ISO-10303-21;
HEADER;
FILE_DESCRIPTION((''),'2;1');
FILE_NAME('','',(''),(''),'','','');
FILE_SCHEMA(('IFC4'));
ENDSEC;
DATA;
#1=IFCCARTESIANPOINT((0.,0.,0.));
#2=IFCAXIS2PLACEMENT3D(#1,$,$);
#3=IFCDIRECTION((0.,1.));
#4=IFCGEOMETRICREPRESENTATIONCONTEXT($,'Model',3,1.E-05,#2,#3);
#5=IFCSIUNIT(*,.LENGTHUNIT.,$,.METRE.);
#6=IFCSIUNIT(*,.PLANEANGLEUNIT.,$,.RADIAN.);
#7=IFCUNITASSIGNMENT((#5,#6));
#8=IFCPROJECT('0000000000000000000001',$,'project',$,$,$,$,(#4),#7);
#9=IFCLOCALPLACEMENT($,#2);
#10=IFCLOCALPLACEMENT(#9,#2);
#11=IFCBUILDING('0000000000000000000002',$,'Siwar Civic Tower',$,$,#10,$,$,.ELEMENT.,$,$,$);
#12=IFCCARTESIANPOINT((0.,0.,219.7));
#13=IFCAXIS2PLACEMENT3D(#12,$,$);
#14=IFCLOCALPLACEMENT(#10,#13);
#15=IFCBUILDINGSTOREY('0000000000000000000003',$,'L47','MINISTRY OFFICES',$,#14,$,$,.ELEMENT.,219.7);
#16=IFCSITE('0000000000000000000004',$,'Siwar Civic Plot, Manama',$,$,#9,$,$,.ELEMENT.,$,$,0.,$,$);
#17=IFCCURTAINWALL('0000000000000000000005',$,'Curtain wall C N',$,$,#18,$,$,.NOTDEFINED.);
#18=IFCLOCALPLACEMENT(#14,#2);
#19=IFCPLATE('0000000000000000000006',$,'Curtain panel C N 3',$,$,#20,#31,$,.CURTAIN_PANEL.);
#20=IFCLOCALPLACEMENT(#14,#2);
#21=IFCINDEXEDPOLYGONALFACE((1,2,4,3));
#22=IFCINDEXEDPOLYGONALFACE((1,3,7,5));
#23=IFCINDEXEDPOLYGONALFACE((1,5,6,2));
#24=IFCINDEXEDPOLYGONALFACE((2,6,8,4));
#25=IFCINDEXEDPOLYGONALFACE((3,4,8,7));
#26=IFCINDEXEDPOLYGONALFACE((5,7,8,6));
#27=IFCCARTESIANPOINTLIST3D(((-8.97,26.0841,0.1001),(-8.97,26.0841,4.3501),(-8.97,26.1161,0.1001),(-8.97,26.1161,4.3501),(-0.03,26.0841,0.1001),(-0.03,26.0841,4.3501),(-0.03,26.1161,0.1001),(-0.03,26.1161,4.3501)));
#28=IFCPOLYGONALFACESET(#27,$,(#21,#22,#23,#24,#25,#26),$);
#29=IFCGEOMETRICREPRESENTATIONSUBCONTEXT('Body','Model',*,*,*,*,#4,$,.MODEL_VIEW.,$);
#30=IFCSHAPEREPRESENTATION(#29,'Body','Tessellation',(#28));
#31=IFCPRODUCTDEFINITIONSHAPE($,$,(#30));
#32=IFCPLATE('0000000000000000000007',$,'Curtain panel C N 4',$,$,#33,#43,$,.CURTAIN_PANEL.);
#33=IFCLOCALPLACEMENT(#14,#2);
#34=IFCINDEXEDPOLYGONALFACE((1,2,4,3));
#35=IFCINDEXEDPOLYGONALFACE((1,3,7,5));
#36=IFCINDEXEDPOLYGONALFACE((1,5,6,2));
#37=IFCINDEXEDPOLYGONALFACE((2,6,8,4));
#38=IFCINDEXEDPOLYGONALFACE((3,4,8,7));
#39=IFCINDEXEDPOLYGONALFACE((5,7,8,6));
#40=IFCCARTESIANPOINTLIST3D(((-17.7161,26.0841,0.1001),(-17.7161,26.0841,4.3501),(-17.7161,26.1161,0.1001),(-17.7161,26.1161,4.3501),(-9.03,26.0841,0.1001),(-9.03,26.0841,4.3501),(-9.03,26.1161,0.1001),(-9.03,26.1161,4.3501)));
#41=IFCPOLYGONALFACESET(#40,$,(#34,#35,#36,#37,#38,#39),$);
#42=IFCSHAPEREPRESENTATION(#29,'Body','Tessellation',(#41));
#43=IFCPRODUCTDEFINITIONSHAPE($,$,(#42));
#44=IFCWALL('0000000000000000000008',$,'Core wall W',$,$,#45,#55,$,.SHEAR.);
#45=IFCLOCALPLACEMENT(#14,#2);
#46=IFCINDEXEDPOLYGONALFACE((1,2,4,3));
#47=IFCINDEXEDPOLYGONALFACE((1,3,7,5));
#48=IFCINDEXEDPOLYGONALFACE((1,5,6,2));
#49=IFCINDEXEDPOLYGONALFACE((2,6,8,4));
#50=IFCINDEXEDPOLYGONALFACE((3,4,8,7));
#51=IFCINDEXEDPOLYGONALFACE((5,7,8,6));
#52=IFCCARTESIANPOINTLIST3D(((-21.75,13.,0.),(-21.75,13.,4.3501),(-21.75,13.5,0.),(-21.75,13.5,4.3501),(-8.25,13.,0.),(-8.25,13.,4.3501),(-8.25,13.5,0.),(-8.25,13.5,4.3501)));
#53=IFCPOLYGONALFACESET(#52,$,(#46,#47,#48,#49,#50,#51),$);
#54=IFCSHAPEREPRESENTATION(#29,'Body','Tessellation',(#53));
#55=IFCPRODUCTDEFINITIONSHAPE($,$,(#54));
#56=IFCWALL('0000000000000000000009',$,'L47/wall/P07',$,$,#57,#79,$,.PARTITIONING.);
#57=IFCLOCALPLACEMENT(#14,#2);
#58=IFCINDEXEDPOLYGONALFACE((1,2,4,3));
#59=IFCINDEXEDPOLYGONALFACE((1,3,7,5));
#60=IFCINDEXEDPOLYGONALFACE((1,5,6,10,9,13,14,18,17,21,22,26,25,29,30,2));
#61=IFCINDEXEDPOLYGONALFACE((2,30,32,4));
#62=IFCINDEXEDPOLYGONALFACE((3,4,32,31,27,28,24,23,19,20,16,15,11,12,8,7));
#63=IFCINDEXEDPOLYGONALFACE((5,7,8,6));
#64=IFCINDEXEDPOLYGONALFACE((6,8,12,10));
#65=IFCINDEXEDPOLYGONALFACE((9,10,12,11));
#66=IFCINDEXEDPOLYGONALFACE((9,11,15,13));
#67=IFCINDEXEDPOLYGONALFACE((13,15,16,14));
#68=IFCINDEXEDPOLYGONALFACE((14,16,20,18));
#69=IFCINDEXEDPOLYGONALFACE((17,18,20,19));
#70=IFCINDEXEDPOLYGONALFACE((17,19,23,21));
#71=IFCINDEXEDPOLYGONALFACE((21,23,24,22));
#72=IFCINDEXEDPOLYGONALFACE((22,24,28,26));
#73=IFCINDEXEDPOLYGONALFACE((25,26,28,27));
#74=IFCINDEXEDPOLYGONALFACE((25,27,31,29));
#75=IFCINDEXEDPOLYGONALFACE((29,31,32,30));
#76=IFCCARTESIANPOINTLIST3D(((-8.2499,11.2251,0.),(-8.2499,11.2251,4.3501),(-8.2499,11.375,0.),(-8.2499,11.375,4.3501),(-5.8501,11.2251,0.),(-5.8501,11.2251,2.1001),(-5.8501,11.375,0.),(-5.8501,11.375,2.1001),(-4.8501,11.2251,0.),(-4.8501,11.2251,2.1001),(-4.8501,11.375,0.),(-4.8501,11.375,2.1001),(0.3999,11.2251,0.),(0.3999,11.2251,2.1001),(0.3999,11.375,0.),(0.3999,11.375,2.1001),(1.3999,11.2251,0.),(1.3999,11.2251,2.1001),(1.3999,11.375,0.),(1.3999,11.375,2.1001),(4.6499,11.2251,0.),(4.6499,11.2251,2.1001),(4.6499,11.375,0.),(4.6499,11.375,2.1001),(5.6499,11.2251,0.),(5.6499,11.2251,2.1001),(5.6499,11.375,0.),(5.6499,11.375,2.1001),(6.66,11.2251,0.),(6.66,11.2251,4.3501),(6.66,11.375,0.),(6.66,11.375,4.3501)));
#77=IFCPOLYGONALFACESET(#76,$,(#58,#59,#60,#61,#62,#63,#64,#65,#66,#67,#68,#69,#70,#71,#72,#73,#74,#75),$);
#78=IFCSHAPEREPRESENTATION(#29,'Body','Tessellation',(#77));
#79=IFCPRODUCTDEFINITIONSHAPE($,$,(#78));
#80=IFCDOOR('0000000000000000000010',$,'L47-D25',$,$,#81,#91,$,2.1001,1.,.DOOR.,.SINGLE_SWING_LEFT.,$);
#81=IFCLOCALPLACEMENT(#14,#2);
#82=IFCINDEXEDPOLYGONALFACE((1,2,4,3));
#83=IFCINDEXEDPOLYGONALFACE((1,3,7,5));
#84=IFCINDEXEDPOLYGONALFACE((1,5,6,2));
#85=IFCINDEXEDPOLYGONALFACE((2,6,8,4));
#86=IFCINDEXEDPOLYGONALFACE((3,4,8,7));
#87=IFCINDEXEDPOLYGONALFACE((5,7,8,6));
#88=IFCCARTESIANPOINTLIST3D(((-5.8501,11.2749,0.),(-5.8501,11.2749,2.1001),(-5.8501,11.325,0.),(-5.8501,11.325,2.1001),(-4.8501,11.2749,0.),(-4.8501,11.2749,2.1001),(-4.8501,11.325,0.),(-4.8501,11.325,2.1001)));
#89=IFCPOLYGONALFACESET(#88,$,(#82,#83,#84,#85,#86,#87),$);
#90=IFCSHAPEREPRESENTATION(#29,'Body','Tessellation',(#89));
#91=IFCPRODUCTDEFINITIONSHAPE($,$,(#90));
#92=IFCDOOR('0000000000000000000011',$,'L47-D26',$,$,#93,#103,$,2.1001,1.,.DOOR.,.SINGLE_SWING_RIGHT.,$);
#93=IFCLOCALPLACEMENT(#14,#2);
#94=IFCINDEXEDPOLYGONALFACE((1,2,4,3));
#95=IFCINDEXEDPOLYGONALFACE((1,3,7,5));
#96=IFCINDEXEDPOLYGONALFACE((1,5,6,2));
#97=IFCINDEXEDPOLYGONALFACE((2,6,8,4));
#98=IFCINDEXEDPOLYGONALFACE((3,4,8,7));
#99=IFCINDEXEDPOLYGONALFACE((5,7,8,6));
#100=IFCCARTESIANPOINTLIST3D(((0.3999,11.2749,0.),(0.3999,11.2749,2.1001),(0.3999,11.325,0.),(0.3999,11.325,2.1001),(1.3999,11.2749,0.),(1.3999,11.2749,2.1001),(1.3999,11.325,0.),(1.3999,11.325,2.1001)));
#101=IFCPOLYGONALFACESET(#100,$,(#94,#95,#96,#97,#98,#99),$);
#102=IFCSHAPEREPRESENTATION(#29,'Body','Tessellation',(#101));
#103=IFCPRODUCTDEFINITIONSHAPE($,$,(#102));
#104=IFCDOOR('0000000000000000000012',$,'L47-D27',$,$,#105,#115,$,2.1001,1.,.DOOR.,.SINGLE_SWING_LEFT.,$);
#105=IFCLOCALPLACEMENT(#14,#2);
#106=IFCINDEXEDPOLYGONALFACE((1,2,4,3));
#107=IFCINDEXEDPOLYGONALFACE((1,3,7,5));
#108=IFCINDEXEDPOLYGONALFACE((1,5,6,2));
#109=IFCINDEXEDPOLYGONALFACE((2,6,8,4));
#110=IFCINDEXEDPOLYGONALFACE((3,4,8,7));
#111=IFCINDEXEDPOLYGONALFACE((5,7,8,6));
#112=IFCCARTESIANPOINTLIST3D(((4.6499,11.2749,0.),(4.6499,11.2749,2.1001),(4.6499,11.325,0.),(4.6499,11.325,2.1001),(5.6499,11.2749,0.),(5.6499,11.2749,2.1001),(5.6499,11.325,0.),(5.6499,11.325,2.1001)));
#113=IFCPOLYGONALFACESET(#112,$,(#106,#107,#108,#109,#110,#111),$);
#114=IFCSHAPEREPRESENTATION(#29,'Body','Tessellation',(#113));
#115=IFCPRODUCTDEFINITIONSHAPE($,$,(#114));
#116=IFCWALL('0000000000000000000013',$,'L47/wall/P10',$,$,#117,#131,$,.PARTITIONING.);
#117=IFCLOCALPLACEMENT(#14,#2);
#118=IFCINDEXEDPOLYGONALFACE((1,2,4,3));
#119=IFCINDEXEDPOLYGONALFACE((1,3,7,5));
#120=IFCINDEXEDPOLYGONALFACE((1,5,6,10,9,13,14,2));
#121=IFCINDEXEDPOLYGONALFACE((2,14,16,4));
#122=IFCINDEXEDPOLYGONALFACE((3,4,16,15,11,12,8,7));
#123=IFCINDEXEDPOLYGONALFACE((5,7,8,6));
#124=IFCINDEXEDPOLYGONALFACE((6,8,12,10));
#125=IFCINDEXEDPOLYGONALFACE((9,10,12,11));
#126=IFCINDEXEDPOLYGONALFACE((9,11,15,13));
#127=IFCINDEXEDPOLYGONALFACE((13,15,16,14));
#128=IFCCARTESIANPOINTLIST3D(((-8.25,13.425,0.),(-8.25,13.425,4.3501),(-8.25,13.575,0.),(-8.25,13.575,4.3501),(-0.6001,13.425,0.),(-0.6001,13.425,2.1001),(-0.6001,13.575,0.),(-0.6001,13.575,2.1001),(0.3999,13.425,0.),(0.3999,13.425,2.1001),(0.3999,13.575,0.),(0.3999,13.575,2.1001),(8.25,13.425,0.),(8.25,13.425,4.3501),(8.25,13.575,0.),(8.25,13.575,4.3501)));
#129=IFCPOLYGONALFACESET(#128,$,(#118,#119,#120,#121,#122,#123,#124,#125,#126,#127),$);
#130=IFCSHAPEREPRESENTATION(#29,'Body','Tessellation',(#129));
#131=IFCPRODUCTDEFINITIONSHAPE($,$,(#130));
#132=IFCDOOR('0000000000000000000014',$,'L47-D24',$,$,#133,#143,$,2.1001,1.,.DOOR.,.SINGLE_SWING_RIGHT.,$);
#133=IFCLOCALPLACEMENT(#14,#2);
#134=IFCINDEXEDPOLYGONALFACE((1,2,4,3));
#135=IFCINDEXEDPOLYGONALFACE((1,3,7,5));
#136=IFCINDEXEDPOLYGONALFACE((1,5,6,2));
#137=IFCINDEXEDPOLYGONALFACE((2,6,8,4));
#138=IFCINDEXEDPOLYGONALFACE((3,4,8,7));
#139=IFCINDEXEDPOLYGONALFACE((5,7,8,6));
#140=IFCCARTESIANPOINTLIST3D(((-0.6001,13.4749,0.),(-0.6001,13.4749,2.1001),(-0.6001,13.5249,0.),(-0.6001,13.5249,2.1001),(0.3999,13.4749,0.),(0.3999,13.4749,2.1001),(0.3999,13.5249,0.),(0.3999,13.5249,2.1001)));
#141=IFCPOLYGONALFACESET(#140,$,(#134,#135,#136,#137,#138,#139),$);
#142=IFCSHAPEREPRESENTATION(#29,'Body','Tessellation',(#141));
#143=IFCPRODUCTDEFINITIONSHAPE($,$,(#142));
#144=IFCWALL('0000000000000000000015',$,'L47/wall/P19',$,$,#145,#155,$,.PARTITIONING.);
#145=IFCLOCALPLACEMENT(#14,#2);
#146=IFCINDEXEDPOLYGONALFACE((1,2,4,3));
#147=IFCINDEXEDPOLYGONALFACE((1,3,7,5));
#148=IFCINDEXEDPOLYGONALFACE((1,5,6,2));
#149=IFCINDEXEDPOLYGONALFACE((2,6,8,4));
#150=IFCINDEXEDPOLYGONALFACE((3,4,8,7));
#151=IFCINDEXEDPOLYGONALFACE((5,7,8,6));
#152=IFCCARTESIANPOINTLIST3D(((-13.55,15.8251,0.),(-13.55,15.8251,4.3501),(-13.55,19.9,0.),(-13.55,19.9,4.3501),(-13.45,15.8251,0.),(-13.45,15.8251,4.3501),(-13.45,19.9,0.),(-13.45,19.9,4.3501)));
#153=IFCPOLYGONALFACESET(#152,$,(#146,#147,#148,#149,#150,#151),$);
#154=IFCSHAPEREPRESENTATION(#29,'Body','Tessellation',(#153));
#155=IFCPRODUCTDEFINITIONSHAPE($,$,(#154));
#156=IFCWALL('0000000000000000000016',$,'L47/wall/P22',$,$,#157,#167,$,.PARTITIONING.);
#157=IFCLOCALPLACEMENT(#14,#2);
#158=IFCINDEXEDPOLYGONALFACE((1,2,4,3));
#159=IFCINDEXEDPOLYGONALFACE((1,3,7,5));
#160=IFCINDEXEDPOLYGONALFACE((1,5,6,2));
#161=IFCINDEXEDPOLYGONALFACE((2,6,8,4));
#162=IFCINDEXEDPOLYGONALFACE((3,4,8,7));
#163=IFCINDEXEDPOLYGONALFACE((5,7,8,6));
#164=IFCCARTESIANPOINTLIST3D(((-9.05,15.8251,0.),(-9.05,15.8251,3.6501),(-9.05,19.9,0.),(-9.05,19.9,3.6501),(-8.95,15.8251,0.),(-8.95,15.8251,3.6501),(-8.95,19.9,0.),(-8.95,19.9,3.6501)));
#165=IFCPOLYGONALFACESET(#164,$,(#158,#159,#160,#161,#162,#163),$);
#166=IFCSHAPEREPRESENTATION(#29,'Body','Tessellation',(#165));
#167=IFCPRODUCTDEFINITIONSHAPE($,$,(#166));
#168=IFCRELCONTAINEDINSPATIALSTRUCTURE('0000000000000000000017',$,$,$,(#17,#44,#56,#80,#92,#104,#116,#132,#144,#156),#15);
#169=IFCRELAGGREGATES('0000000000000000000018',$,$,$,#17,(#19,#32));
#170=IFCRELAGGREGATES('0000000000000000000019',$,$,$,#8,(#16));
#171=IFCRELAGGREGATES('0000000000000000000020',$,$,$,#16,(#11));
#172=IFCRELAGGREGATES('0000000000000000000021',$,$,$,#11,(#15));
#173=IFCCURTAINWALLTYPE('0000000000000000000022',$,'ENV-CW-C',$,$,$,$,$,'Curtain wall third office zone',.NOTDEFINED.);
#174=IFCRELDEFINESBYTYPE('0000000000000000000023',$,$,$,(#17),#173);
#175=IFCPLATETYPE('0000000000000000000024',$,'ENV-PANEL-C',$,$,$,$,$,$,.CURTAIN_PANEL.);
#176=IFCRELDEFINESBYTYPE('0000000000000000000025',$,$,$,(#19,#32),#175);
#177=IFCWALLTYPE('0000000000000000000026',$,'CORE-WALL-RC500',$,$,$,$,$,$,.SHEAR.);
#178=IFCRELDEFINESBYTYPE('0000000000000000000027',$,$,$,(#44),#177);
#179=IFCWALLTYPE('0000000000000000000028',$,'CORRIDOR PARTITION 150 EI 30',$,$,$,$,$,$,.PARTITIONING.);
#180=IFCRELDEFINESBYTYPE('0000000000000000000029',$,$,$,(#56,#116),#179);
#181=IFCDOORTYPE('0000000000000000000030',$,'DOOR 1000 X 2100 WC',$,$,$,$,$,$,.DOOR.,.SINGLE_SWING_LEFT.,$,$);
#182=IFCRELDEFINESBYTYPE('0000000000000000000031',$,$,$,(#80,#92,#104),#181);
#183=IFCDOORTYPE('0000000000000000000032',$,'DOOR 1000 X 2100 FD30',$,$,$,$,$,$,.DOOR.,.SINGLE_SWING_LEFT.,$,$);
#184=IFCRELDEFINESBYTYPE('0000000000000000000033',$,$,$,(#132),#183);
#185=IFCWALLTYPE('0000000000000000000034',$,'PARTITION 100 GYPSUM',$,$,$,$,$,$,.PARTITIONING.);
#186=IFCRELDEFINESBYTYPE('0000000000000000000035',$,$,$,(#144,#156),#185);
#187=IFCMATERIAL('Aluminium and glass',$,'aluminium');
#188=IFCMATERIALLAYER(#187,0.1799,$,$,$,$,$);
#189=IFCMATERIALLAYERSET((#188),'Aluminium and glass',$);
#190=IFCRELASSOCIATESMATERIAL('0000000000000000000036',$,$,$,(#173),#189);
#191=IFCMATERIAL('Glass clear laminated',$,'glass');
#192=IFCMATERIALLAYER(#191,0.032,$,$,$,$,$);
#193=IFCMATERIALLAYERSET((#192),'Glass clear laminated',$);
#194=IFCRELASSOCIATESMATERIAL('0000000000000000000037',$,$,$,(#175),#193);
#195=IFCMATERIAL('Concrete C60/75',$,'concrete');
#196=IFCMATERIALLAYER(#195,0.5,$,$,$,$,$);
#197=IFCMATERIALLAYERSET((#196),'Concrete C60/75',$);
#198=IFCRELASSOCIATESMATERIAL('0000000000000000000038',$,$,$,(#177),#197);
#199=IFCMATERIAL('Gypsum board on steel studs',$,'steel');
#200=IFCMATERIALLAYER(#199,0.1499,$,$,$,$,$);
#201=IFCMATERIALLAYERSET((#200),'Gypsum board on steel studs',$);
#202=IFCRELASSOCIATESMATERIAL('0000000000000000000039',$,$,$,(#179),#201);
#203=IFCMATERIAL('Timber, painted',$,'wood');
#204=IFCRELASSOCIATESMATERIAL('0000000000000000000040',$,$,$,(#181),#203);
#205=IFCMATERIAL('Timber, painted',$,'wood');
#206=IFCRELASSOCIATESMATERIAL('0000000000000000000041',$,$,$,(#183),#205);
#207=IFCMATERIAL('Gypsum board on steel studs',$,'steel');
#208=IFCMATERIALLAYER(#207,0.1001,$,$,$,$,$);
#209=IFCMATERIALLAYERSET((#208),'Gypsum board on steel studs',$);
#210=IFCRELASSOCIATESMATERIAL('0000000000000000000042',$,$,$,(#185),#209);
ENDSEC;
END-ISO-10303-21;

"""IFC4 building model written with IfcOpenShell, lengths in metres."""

from ifc_helpers import new_model, si_unit, direction, frame, frame_2d, origin, origin_2d, place, context, subcontext, project, spatial, rectangle, extrude, material, layer, layer_set, type_object, element, fill, aggregate, save


model = new_model("IFC4")

# Units and contexts
model_context = context("Model", 3, precision=1e-05, world=origin(), true_north=direction((0.0, 1.0)))
body_context = subcontext(model_context, "Body", "Model", "MODEL_VIEW")
ifc_project = project(units=[si_unit("LENGTHUNIT", "METRE"), si_unit("PLANEANGLEUNIT", "RADIAN")], contexts=[model_context])

# Site, building, storey
site_placement = place(None, origin())
site = spatial("IfcSite", under=ifc_project, at=site_placement, Name="Siwar Civic Plot, Manama", CompositionType="ELEMENT", RefElevation=0.0)
building_placement = place(site_placement, origin())
building = spatial("IfcBuilding", under=site, at=building_placement, Name="Siwar Civic Tower", CompositionType="ELEMENT")
storey_placement = place(building_placement, frame((0.0, 0.0, 219.7)))
storey = spatial("IfcBuildingStorey", under=building, at=storey_placement, Name="L47", Description="MINISTRY OFFICES", CompositionType="ELEMENT", Elevation=219.7)

# Curtain wall
ifc_material_1 = material(Name="Aluminium and glass", Category="aluminium")
ifc_layer_1 = layer(ifc_material_1, 0.1799)
ifc_layer_set_1 = layer_set([ifc_layer_1], Name="Aluminium and glass")
curtain_wall_type = type_object("IfcCurtainWallType", Name="ENV-CW-C", ElementType="Curtain wall third office zone", PredefinedType="NOTDEFINED", material=ifc_layer_set_1)
curtain_wall_placement = place(storey_placement, origin())
curtain_wall = element("IfcCurtainWall", 1, at=curtain_wall_placement, inside=storey, type_object=curtain_wall_type, Name="Curtain wall C N", PredefinedType="NOTDEFINED")

# Plates
ifc_material_2 = material(Name="Glass clear laminated", Category="glass")
ifc_layer_2 = layer(ifc_material_2, 0.032)
ifc_layer_set_2 = layer_set([ifc_layer_2], Name="Glass clear laminated")
plate_type = type_object("IfcPlateType", Name="ENV-PANEL-C", PredefinedType="CURTAIN_PANEL", material=ifc_layer_set_2)
plate_1_placement = place(storey_placement, frame((-4.5, 26.1001, 0.1001), z_axis=(0.0, 0.0, 1.0), x_axis=(-1.0, 0.0, 0.0)))
plate_1 = element("IfcPlate", 2, at=plate_1_placement, type_object=plate_type, Name="Curtain panel C N 3", PredefinedType="CURTAIN_PANEL", context=body_context, shape_type="SweptSolid", body=[
    extrude(rectangle(XDim=8.9399, YDim=0.032, at=origin_2d()), origin(), (0.0, 0.0, 1.0), 4.25),
])
plate_2_placement = place(storey_placement, frame((-13.373, 26.1001, 0.1001), z_axis=(0.0, 0.0, 1.0), x_axis=(-1.0, 0.0, 0.0)))
plate_2 = element("IfcPlate", 3, at=plate_2_placement, type_object=plate_type, Name="Curtain panel C N 4", PredefinedType="CURTAIN_PANEL", context=body_context, shape_type="SweptSolid", body=[
    extrude(rectangle(XDim=8.686, YDim=0.032, at=origin_2d()), origin(), (0.0, 0.0, 1.0), 4.25),
])
aggregate(curtain_wall, [plate_1, plate_2])

# Wall
ifc_material_3 = material(Name="Concrete C60/75", Category="concrete")
ifc_layer_3 = layer(ifc_material_3, 0.5)
ifc_layer_set_3 = layer_set([ifc_layer_3], Name="Concrete C60/75")
wall_type_1 = type_object("IfcWallType", Name="CORE-WALL-RC500", PredefinedType="SHEAR", material=ifc_layer_set_3)
wall_1_placement = place(storey_placement, frame((-8.25, 13.25, 0.0), z_axis=(0.0, 0.0, 1.0), x_axis=(-1.0, 0.0, 0.0)))
element("IfcWall", 4, at=wall_1_placement, inside=storey, type_object=wall_type_1, Name="Core wall W", PredefinedType="SHEAR", context=body_context, shape_type="SweptSolid", body=[
    extrude(rectangle(XDim=13.5, YDim=0.5, at=frame_2d((6.75, 0.0))), origin(), (0.0, 0.0, 1.0), 4.3501),
])

# Wall, openings, doors
ifc_material_4 = material(Name="Gypsum board on steel studs", Category="steel")
ifc_layer_4 = layer(ifc_material_4, 0.1499)
ifc_layer_set_4 = layer_set([ifc_layer_4], Name="Gypsum board on steel studs")
wall_type_2 = type_object("IfcWallType", Name="CORRIDOR PARTITION 150 EI 30", PredefinedType="PARTITIONING", material=ifc_layer_set_4)
wall_2_placement = place(storey_placement, frame((-8.25, 11.3, 0.0), z_axis=(0.0, 0.0, 1.0), x_axis=(1.0, 0.0, 0.0)))
wall_2 = element("IfcWall", 5, at=wall_2_placement, inside=storey, type_object=wall_type_2, Name="L47/wall/P07", PredefinedType="PARTITIONING", context=body_context, shape_type="SweptSolid", body=[
    extrude(rectangle(XDim=14.9099, YDim=0.1499, at=frame_2d((7.4551, 0.0))), origin(), (0.0, 0.0, 1.0), 4.3501),
])
opening_1_placement = place(wall_2_placement, frame((2.3999, 0.0, 0.0)))
opening_1 = element("IfcOpeningElement", 6, at=opening_1_placement, cuts=wall_2, PredefinedType="OPENING", context=body_context, shape_type="SweptSolid", body=[
    extrude(rectangle(XDim=1.0, YDim=2.1001, at=frame_2d((0.5, 1.05))), frame((0.0, 0.085, 0.0), z_axis=(0.0, -1.0, 0.0), x_axis=(1.0, 0.0, 0.0)), (0.0, 0.0, 1.0), 0.1699),
])
opening_2_placement = place(wall_2_placement, frame((8.6499, 0.0, 0.0)))
opening_2 = element("IfcOpeningElement", 7, at=opening_2_placement, cuts=wall_2, PredefinedType="OPENING", context=body_context, shape_type="SweptSolid", body=[
    extrude(rectangle(XDim=1.0, YDim=2.1001, at=frame_2d((0.5, 1.05))), frame((0.0, 0.085, 0.0), z_axis=(0.0, -1.0, 0.0), x_axis=(1.0, 0.0, 0.0)), (0.0, 0.0, 1.0), 0.1699),
])
opening_3_placement = place(wall_2_placement, frame((12.8999, 0.0, 0.0)))
opening_3 = element("IfcOpeningElement", 8, at=opening_3_placement, cuts=wall_2, PredefinedType="OPENING", context=body_context, shape_type="SweptSolid", body=[
    extrude(rectangle(XDim=1.0, YDim=2.1001, at=frame_2d((0.5, 1.05))), frame((0.0, 0.085, 0.0), z_axis=(0.0, -1.0, 0.0), x_axis=(1.0, 0.0, 0.0)), (0.0, 0.0, 1.0), 0.1699),
])
ifc_material_5 = material(Name="Timber, painted", Category="wood")
door_type_1 = type_object("IfcDoorType", Name="DOOR 1000 X 2100 WC", OperationType="SINGLE_SWING_LEFT", PredefinedType="DOOR", material=ifc_material_5)
door_1_placement = place(opening_1_placement, origin())
door_1 = element("IfcDoor", 9, at=door_1_placement, inside=storey, type_object=door_type_1, Name="L47-D25", OperationType="SINGLE_SWING_LEFT", OverallHeight=2.1001, OverallWidth=1.0, PredefinedType="DOOR", context=body_context, shape_type="SweptSolid", body=[
    extrude(rectangle(XDim=1.0, YDim=2.1001, at=frame_2d((0.5, 1.05))), frame((0.0, 0.0249, 0.0), z_axis=(0.0, -1.0, 0.0), x_axis=(1.0, 0.0, 0.0)), (0.0, 0.0, 1.0), 0.05),
])
fill(opening_1, door_1)
door_2_placement = place(opening_2_placement, origin())
door_2 = element("IfcDoor", 10, at=door_2_placement, inside=storey, type_object=door_type_1, Name="L47-D26", OperationType="SINGLE_SWING_RIGHT", OverallHeight=2.1001, OverallWidth=1.0, PredefinedType="DOOR", context=body_context, shape_type="SweptSolid", body=[
    extrude(rectangle(XDim=1.0, YDim=2.1001, at=frame_2d((0.5, 1.05))), frame((0.0, 0.0249, 0.0), z_axis=(0.0, -1.0, 0.0), x_axis=(1.0, 0.0, 0.0)), (0.0, 0.0, 1.0), 0.05),
])
fill(opening_2, door_2)
door_3_placement = place(opening_3_placement, origin())
door_3 = element("IfcDoor", 11, at=door_3_placement, inside=storey, type_object=door_type_1, Name="L47-D27", OperationType="SINGLE_SWING_LEFT", OverallHeight=2.1001, OverallWidth=1.0, PredefinedType="DOOR", context=body_context, shape_type="SweptSolid", body=[
    extrude(rectangle(XDim=1.0, YDim=2.1001, at=frame_2d((0.5, 1.05))), frame((0.0, 0.0249, 0.0), z_axis=(0.0, -1.0, 0.0), x_axis=(1.0, 0.0, 0.0)), (0.0, 0.0, 1.0), 0.05),
])
fill(opening_3, door_3)

# Wall, opening, door
wall_3_placement = place(storey_placement, frame((-8.25, 13.5, 0.0), z_axis=(0.0, 0.0, 1.0), x_axis=(1.0, 0.0, 0.0)))
wall_3 = element("IfcWall", 12, at=wall_3_placement, inside=storey, type_object=wall_type_2, Name="L47/wall/P10", PredefinedType="PARTITIONING", context=body_context, shape_type="SweptSolid", body=[
    extrude(rectangle(XDim=16.5, YDim=0.1499, at=frame_2d((8.25, 0.0))), origin(), (0.0, 0.0, 1.0), 4.3501),
])
opening_4_placement = place(wall_3_placement, frame((7.6499, 0.0, 0.0)))
opening_4 = element("IfcOpeningElement", 13, at=opening_4_placement, cuts=wall_3, PredefinedType="OPENING", context=body_context, shape_type="SweptSolid", body=[
    extrude(rectangle(XDim=1.0, YDim=2.1001, at=frame_2d((0.5, 1.05))), frame((0.0, 0.085, 0.0), z_axis=(0.0, -1.0, 0.0), x_axis=(1.0, 0.0, 0.0)), (0.0, 0.0, 1.0), 0.1699),
])
ifc_material_6 = material(Name="Timber, painted", Category="wood")
door_type_2 = type_object("IfcDoorType", Name="DOOR 1000 X 2100 FD30", OperationType="SINGLE_SWING_LEFT", PredefinedType="DOOR", material=ifc_material_6)
door_4_placement = place(opening_4_placement, origin())
door_4 = element("IfcDoor", 14, at=door_4_placement, inside=storey, type_object=door_type_2, Name="L47-D24", OperationType="SINGLE_SWING_RIGHT", OverallHeight=2.1001, OverallWidth=1.0, PredefinedType="DOOR", context=body_context, shape_type="SweptSolid", body=[
    extrude(rectangle(XDim=1.0, YDim=2.1001, at=frame_2d((0.5, 1.05))), frame((0.0, 0.0249, 0.0), z_axis=(0.0, -1.0, 0.0), x_axis=(1.0, 0.0, 0.0)), (0.0, 0.0, 1.0), 0.05),
])
fill(opening_4, door_4)

# Walls
ifc_material_7 = material(Name="Gypsum board on steel studs", Category="steel")
ifc_layer_5 = layer(ifc_material_7, 0.1001)
ifc_layer_set_5 = layer_set([ifc_layer_5], Name="Gypsum board on steel studs")
wall_type_3 = type_object("IfcWallType", Name="PARTITION 100 GYPSUM", PredefinedType="PARTITIONING", material=ifc_layer_set_5)
wall_4_placement = place(storey_placement, frame((-13.5, 15.825, 0.0), z_axis=(0.0, 0.0, 1.0), x_axis=(0.0, 1.0, 0.0)))
element("IfcWall", 15, at=wall_4_placement, inside=storey, type_object=wall_type_3, Name="L47/wall/P19", PredefinedType="PARTITIONING", context=body_context, shape_type="SweptSolid", body=[
    extrude(rectangle(XDim=4.075, YDim=0.1001, at=frame_2d((2.0376, 0.0))), origin(), (0.0, 0.0, 1.0), 4.3501),
])
wall_5_placement = place(storey_placement, frame((-9.0, 15.825, 0.0), z_axis=(0.0, 0.0, 1.0), x_axis=(0.0, 1.0, 0.0)))
element("IfcWall", 16, at=wall_5_placement, inside=storey, type_object=wall_type_3, Name="L47/wall/P22", PredefinedType="PARTITIONING", context=body_context, shape_type="SweptSolid", body=[
    extrude(rectangle(XDim=4.075, YDim=0.1001, at=frame_2d((2.0376, 0.0))), origin(), (0.0, 0.0, 1.0), 3.6501),
])

save(model, "model.ifc")
